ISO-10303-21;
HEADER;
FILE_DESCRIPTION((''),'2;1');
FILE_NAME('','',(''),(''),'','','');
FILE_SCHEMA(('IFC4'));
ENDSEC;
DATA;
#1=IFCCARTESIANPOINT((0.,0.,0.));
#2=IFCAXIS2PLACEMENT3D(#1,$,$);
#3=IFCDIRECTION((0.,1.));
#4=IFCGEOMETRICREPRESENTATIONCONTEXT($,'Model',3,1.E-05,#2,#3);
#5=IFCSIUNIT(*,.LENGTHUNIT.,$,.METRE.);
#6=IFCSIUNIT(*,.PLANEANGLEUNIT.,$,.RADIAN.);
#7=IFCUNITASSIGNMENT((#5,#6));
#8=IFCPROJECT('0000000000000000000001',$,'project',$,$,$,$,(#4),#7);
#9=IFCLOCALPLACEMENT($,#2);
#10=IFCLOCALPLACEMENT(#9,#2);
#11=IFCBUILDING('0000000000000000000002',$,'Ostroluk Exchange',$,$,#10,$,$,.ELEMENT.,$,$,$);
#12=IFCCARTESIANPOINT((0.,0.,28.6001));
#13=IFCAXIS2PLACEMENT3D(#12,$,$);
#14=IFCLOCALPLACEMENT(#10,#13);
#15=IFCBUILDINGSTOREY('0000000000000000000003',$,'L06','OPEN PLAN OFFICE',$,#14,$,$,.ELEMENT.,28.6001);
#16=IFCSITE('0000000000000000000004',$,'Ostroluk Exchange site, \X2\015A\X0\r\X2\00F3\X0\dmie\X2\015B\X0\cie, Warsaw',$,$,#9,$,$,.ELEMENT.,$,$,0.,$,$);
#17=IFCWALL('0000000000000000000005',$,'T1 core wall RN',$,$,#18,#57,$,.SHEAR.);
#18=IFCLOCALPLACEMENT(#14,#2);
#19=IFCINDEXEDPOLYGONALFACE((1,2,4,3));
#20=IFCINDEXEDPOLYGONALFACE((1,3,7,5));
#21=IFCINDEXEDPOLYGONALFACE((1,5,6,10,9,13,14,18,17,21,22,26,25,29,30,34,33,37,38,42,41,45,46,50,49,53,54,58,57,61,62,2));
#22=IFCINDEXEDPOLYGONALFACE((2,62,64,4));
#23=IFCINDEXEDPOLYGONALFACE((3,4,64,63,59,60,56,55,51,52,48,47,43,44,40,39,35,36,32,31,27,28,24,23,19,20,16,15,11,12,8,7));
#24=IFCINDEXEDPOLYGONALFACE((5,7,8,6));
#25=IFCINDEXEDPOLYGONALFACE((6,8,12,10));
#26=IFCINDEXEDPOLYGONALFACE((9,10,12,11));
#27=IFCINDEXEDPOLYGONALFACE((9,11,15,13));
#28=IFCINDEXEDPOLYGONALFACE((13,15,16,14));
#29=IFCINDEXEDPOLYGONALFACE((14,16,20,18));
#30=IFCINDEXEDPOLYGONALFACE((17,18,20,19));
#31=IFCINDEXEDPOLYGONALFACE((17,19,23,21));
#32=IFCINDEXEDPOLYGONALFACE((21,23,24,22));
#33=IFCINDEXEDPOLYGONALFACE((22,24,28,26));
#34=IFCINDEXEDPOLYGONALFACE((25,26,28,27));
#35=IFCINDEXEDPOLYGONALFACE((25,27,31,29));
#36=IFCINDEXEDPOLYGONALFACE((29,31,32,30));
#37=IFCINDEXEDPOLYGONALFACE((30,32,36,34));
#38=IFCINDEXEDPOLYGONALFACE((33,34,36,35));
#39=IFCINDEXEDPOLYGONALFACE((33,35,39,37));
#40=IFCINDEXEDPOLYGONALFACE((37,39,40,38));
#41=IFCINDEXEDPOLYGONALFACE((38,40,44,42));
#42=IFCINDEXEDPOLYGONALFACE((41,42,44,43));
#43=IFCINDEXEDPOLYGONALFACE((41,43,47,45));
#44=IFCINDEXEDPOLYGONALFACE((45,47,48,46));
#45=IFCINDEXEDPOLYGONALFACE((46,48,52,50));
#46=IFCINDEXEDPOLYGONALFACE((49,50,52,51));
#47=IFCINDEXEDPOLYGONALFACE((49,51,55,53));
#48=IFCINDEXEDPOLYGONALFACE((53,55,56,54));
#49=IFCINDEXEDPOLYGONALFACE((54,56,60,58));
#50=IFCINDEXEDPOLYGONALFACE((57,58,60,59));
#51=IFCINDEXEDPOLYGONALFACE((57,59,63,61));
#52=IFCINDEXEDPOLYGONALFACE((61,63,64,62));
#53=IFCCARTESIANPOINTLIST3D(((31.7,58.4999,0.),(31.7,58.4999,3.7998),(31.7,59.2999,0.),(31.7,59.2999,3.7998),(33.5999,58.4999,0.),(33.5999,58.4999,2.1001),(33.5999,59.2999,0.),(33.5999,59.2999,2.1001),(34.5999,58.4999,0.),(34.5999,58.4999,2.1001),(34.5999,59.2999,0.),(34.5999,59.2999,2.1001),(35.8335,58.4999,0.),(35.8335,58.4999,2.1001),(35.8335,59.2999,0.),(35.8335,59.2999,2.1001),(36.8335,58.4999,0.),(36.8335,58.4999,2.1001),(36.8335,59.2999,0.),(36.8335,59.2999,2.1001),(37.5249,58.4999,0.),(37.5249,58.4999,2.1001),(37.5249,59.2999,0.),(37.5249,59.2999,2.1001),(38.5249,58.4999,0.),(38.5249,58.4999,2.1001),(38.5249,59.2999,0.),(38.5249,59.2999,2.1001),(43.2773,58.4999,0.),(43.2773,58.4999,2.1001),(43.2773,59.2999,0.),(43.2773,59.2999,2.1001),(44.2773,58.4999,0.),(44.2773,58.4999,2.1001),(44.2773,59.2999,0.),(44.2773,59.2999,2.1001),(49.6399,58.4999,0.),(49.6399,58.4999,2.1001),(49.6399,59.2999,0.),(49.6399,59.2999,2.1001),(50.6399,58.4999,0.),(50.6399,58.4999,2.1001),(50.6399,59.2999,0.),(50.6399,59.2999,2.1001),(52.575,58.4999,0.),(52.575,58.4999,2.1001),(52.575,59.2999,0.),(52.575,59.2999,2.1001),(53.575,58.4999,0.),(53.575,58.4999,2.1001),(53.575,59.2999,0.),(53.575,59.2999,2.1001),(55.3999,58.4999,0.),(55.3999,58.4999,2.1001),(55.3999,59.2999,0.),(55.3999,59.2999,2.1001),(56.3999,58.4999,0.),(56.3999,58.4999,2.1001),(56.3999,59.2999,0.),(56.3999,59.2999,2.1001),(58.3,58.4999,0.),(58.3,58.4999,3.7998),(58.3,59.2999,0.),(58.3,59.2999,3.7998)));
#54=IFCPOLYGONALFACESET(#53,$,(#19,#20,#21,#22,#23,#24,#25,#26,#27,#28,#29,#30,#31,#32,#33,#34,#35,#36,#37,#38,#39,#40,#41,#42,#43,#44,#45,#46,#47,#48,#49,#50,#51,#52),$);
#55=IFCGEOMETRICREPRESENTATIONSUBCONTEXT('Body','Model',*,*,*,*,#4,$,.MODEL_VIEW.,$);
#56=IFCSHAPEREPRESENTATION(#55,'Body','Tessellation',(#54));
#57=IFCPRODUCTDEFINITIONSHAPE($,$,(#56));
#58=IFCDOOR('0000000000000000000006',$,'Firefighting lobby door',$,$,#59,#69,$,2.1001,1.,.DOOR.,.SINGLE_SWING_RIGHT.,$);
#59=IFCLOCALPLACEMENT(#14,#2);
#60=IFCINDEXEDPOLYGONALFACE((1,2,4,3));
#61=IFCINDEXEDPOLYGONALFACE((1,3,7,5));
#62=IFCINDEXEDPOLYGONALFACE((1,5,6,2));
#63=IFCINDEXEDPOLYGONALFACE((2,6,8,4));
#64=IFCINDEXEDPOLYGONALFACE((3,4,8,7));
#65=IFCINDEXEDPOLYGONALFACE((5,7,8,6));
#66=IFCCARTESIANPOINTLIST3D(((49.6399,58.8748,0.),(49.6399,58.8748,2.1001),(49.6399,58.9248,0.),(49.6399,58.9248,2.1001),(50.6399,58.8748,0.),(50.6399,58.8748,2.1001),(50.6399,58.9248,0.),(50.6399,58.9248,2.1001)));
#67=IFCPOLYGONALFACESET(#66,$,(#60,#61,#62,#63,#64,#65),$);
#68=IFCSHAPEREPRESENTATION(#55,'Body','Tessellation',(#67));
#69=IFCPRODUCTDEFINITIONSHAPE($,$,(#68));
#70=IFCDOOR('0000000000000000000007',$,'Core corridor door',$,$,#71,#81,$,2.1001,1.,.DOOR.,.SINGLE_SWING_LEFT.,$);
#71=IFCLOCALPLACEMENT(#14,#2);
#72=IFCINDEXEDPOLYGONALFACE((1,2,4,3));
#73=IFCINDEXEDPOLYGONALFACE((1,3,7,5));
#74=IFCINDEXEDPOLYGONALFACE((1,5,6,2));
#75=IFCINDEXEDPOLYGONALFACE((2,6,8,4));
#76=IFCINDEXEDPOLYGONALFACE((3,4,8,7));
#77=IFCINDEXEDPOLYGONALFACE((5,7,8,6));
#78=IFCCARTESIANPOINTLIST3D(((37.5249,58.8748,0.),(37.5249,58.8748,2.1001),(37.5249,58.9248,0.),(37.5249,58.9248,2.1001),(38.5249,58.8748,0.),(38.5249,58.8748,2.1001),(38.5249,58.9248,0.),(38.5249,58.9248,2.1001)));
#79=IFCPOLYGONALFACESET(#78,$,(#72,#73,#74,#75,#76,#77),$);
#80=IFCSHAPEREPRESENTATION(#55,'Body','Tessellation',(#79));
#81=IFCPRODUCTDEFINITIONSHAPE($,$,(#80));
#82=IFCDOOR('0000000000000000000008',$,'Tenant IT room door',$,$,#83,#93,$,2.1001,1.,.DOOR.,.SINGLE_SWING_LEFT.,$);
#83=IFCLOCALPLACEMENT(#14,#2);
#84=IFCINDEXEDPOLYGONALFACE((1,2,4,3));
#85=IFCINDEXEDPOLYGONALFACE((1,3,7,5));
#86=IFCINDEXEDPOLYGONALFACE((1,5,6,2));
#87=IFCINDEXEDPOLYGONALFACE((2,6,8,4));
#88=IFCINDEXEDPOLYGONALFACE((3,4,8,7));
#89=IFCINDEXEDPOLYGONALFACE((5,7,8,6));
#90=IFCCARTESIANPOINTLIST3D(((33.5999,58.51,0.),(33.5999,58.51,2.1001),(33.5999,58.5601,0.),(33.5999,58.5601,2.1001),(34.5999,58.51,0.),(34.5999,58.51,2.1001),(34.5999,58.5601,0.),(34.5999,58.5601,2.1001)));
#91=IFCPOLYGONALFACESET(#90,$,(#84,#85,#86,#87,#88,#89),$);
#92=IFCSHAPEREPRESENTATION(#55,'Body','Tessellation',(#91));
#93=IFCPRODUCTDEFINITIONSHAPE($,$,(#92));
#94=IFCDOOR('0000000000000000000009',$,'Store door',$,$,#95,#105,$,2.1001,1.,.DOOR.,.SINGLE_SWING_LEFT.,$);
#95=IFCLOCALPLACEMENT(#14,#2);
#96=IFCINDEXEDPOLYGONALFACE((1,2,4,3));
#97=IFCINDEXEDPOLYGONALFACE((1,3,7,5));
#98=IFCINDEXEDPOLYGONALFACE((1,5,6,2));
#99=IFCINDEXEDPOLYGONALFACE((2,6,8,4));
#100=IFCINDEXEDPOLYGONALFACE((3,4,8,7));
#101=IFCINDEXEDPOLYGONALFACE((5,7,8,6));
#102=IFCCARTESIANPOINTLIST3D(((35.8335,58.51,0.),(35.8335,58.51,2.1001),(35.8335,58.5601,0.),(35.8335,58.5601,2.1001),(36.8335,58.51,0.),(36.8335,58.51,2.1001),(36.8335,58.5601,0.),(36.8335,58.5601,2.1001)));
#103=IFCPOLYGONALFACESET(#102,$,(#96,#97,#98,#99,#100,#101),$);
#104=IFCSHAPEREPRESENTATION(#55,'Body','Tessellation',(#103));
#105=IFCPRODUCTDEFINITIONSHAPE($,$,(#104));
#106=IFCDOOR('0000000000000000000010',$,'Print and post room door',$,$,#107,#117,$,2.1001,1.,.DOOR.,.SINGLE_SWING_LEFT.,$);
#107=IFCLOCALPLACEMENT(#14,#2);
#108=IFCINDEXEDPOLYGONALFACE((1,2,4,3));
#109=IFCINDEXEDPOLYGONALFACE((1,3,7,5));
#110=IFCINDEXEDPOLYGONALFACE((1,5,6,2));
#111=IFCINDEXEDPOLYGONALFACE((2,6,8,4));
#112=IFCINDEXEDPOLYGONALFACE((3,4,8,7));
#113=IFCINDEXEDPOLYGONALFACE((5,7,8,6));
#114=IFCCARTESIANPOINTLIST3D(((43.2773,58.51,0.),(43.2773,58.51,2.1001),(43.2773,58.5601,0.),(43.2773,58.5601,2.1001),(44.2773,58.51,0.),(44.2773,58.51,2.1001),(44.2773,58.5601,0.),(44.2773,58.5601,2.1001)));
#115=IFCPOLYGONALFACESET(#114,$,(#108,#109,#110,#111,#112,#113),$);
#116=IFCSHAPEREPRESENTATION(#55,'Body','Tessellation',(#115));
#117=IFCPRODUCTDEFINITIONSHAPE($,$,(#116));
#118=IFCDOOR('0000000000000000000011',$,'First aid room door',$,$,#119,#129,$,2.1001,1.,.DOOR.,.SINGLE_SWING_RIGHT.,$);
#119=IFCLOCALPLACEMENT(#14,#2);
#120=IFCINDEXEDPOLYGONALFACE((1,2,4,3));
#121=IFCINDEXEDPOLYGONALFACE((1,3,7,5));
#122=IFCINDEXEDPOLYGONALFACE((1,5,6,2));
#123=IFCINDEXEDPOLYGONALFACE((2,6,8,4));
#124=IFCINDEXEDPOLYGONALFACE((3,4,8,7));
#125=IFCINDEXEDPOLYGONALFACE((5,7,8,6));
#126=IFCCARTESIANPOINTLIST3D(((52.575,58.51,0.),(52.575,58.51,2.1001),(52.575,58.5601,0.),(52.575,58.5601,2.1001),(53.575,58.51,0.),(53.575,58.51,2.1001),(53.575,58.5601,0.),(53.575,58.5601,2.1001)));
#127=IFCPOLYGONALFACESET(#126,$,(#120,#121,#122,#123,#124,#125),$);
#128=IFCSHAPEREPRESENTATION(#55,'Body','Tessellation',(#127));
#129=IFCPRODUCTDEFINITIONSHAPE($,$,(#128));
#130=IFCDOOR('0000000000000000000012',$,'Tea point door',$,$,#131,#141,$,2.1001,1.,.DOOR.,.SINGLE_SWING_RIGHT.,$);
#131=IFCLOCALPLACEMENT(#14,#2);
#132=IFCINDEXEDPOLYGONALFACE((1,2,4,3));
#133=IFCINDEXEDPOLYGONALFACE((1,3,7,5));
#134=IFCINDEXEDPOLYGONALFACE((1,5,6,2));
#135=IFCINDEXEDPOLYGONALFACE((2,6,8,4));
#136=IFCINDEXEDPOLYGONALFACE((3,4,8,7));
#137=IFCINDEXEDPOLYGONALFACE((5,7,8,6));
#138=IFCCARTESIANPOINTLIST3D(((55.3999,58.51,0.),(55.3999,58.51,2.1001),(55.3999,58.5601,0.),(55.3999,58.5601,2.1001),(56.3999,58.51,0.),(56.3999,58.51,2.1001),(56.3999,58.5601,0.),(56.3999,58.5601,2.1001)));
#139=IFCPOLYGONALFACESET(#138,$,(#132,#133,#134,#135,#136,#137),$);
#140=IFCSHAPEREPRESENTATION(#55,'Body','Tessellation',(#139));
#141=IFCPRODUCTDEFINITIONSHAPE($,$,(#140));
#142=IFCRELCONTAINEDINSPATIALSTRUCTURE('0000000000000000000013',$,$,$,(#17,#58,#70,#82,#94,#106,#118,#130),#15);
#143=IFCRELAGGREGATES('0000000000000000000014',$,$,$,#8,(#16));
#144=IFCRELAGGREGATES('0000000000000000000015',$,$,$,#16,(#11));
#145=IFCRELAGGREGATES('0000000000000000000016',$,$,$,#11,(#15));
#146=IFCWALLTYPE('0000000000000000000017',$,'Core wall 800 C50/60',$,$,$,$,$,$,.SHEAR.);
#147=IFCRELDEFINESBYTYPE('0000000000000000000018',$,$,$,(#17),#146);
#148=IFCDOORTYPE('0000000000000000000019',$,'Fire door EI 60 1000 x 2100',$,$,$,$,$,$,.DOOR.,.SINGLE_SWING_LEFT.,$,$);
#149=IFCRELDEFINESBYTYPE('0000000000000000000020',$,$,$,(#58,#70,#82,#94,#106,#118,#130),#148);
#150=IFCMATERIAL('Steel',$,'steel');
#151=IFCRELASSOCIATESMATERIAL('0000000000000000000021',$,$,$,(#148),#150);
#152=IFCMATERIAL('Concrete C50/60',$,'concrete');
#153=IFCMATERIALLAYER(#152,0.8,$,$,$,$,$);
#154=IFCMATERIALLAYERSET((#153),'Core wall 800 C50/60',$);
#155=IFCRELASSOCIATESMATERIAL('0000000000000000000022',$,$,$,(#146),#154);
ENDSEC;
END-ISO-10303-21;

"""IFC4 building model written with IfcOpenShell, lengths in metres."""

from ifc_helpers import new_model, si_unit, direction, frame, frame_2d, origin, place, context, subcontext, project, spatial, rectangle, extrude, material, layer, layer_set, type_object, element, fill, save


model = new_model("IFC4")

# Units and contexts
model_context = context("Model", 3, precision=1e-05, world=origin(), true_north=direction((0.0, 1.0)))
body_context = subcontext(model_context, "Body", "Model", "MODEL_VIEW")
ifc_project = project(units=[si_unit("LENGTHUNIT", "METRE"), si_unit("PLANEANGLEUNIT", "RADIAN")], contexts=[model_context])

# Site, building, storey
site_placement = place(None, origin())
site = spatial("IfcSite", under=ifc_project, at=site_placement, Name="Ostroluk Exchange site, Śródmieście, Warsaw", CompositionType="ELEMENT", RefElevation=0.0)
building_placement = place(site_placement, origin())
building = spatial("IfcBuilding", under=site, at=building_placement, Name="Ostroluk Exchange", CompositionType="ELEMENT")
storey_placement = place(building_placement, frame((0.0, 0.0, 28.6001)))
storey = spatial("IfcBuildingStorey", under=building, at=storey_placement, Name="L06", Description="OPEN PLAN OFFICE", CompositionType="ELEMENT", Elevation=28.6001)

# Wall, openings, doors
ifc_material_1 = material(Name="Steel", Category="steel")
door_type = type_object("IfcDoorType", Name="Fire door EI 60 1000 x 2100", OperationType="SINGLE_SWING_LEFT", PredefinedType="DOOR", material=ifc_material_1)
ifc_material_2 = material(Name="Concrete C50/60", Category="concrete")
ifc_layer_1 = layer(ifc_material_2, 0.8)
ifc_layer_set_1 = layer_set([ifc_layer_1], Name="Core wall 800 C50/60")
wall_type_1 = type_object("IfcWallType", Name="Core wall 800 C50/60", PredefinedType="SHEAR", material=ifc_layer_set_1)
wall_1_placement = place(storey_placement, frame((31.7, 58.8999, 0.0), z_axis=(0.0, 0.0, 1.0), x_axis=(1.0, 0.0, 0.0)))
wall_1 = element("IfcWall", 1, at=wall_1_placement, inside=storey, type_object=wall_type_1, Name="T1 core wall RN", PredefinedType="SHEAR", context=body_context, shape_type="SweptSolid", body=[
    extrude(rectangle(XDim=26.6001, YDim=0.8, at=frame_2d((13.3, 0.0))), origin(), (0.0, 0.0, 1.0), 3.7998),
])
opening_1_placement = place(wall_1_placement, frame((17.9399, 0.0, 0.0)))
opening_1 = element("IfcOpeningElement", 2, at=opening_1_placement, cuts=wall_1, PredefinedType="OPENING", context=body_context, shape_type="SweptSolid", body=[
    extrude(rectangle(XDim=1.0, YDim=2.1001, at=frame_2d((0.5, 1.05))), frame((0.0, 0.4099, 0.0), z_axis=(0.0, -1.0, 0.0), x_axis=(1.0, 0.0, 0.0)), (0.0, 0.0, 1.0), 0.8201),
])
opening_2_placement = place(wall_1_placement, frame((5.825, 0.0, 0.0)))
opening_2 = element("IfcOpeningElement", 3, at=opening_2_placement, cuts=wall_1, PredefinedType="OPENING", context=body_context, shape_type="SweptSolid", body=[
    extrude(rectangle(XDim=1.0, YDim=2.1001, at=frame_2d((0.5, 1.05))), frame((0.0, 0.4099, 0.0), z_axis=(0.0, -1.0, 0.0), x_axis=(1.0, 0.0, 0.0)), (0.0, 0.0, 1.0), 0.8201),
])
opening_3_placement = place(wall_1_placement, frame((1.8999, 0.0, 0.0)))
opening_3 = element("IfcOpeningElement", 4, at=opening_3_placement, cuts=wall_1, PredefinedType="OPENING", context=body_context, shape_type="SweptSolid", body=[
    extrude(rectangle(XDim=1.0, YDim=2.1001, at=frame_2d((0.5, 1.05))), frame((0.0, 0.4099, 0.0), z_axis=(0.0, -1.0, 0.0), x_axis=(1.0, 0.0, 0.0)), (0.0, 0.0, 1.0), 0.8201),
])
opening_4_placement = place(wall_1_placement, frame((4.1335, 0.0, 0.0)))
opening_4 = element("IfcOpeningElement", 5, at=opening_4_placement, cuts=wall_1, PredefinedType="OPENING", context=body_context, shape_type="SweptSolid", body=[
    extrude(rectangle(XDim=1.0, YDim=2.1001, at=frame_2d((0.5, 1.05))), frame((0.0, 0.4099, 0.0), z_axis=(0.0, -1.0, 0.0), x_axis=(1.0, 0.0, 0.0)), (0.0, 0.0, 1.0), 0.8201),
])
opening_5_placement = place(wall_1_placement, frame((11.5774, 0.0, 0.0)))
opening_5 = element("IfcOpeningElement", 6, at=opening_5_placement, cuts=wall_1, PredefinedType="OPENING", context=body_context, shape_type="SweptSolid", body=[
    extrude(rectangle(XDim=1.0, YDim=2.1001, at=frame_2d((0.5, 1.05))), frame((0.0, 0.4099, 0.0), z_axis=(0.0, -1.0, 0.0), x_axis=(1.0, 0.0, 0.0)), (0.0, 0.0, 1.0), 0.8201),
])
opening_6_placement = place(wall_1_placement, frame((20.875, 0.0, 0.0)))
opening_6 = element("IfcOpeningElement", 7, at=opening_6_placement, cuts=wall_1, PredefinedType="OPENING", context=body_context, shape_type="SweptSolid", body=[
    extrude(rectangle(XDim=1.0, YDim=2.1001, at=frame_2d((0.5, 1.05))), frame((0.0, 0.4099, 0.0), z_axis=(0.0, -1.0, 0.0), x_axis=(1.0, 0.0, 0.0)), (0.0, 0.0, 1.0), 0.8201),
])
opening_7_placement = place(wall_1_placement, frame((23.7, 0.0, 0.0)))
opening_7 = element("IfcOpeningElement", 8, at=opening_7_placement, cuts=wall_1, PredefinedType="OPENING", context=body_context, shape_type="SweptSolid", body=[
    extrude(rectangle(XDim=1.0, YDim=2.1001, at=frame_2d((0.5, 1.05))), frame((0.0, 0.4099, 0.0), z_axis=(0.0, -1.0, 0.0), x_axis=(1.0, 0.0, 0.0)), (0.0, 0.0, 1.0), 0.8201),
])
door_1_placement = place(opening_1_placement, origin())
door_1 = element("IfcDoor", 9, at=door_1_placement, inside=storey, type_object=door_type, Name="Firefighting lobby door", OperationType="SINGLE_SWING_RIGHT", OverallHeight=2.1001, OverallWidth=1.0, PredefinedType="DOOR", context=body_context, shape_type="SweptSolid", body=[
    extrude(rectangle(XDim=1.0, YDim=2.1001, at=frame_2d((0.5, 1.05))), frame((0.0, 0.0249, 0.0), z_axis=(0.0, -1.0, 0.0), x_axis=(1.0, 0.0, 0.0)), (0.0, 0.0, 1.0), 0.05),
])
fill(opening_1, door_1)
door_2_placement = place(opening_2_placement, origin())
door_2 = element("IfcDoor", 10, at=door_2_placement, inside=storey, type_object=door_type, Name="Core corridor door", OperationType="SINGLE_SWING_LEFT", OverallHeight=2.1001, OverallWidth=1.0, PredefinedType="DOOR", context=body_context, shape_type="SweptSolid", body=[
    extrude(rectangle(XDim=1.0, YDim=2.1001, at=frame_2d((0.5, 1.05))), frame((0.0, 0.0249, 0.0), z_axis=(0.0, -1.0, 0.0), x_axis=(1.0, 0.0, 0.0)), (0.0, 0.0, 1.0), 0.05),
])
fill(opening_2, door_2)
door_3_placement = place(opening_3_placement, origin())
door_3 = element("IfcDoor", 11, at=door_3_placement, inside=storey, type_object=door_type, Name="Tenant IT room door", OperationType="SINGLE_SWING_LEFT", OverallHeight=2.1001, OverallWidth=1.0, PredefinedType="DOOR", context=body_context, shape_type="SweptSolid", body=[
    extrude(rectangle(XDim=1.0, YDim=2.1001, at=frame_2d((0.5, 1.05))), frame((0.0, -0.3398, 0.0), z_axis=(0.0, -1.0, 0.0), x_axis=(1.0, 0.0, 0.0)), (0.0, 0.0, 1.0), 0.05),
])
fill(opening_3, door_3)
door_4_placement = place(opening_4_placement, origin())
door_4 = element("IfcDoor", 12, at=door_4_placement, inside=storey, type_object=door_type, Name="Store door", OperationType="SINGLE_SWING_LEFT", OverallHeight=2.1001, OverallWidth=1.0, PredefinedType="DOOR", context=body_context, shape_type="SweptSolid", body=[
    extrude(rectangle(XDim=1.0, YDim=2.1001, at=frame_2d((0.5, 1.05))), frame((0.0, -0.3398, 0.0), z_axis=(0.0, -1.0, 0.0), x_axis=(1.0, 0.0, 0.0)), (0.0, 0.0, 1.0), 0.05),
])
fill(opening_4, door_4)
door_5_placement = place(opening_5_placement, origin())
door_5 = element("IfcDoor", 13, at=door_5_placement, inside=storey, type_object=door_type, Name="Print and post room door", OperationType="SINGLE_SWING_LEFT", OverallHeight=2.1001, OverallWidth=1.0, PredefinedType="DOOR", context=body_context, shape_type="SweptSolid", body=[
    extrude(rectangle(XDim=1.0, YDim=2.1001, at=frame_2d((0.5, 1.05))), frame((0.0, -0.3398, 0.0), z_axis=(0.0, -1.0, 0.0), x_axis=(1.0, 0.0, 0.0)), (0.0, 0.0, 1.0), 0.05),
])
fill(opening_5, door_5)
door_6_placement = place(opening_6_placement, origin())
door_6 = element("IfcDoor", 14, at=door_6_placement, inside=storey, type_object=door_type, Name="First aid room door", OperationType="SINGLE_SWING_RIGHT", OverallHeight=2.1001, OverallWidth=1.0, PredefinedType="DOOR", context=body_context, shape_type="SweptSolid", body=[
    extrude(rectangle(XDim=1.0, YDim=2.1001, at=frame_2d((0.5, 1.05))), frame((0.0, -0.3398, 0.0), z_axis=(0.0, -1.0, 0.0), x_axis=(1.0, 0.0, 0.0)), (0.0, 0.0, 1.0), 0.05),
])
fill(opening_6, door_6)
door_7_placement = place(opening_7_placement, origin())
door_7 = element("IfcDoor", 15, at=door_7_placement, inside=storey, type_object=door_type, Name="Tea point door", OperationType="SINGLE_SWING_RIGHT", OverallHeight=2.1001, OverallWidth=1.0, PredefinedType="DOOR", context=body_context, shape_type="SweptSolid", body=[
    extrude(rectangle(XDim=1.0, YDim=2.1001, at=frame_2d((0.5, 1.05))), frame((0.0, -0.3398, 0.0), z_axis=(0.0, -1.0, 0.0), x_axis=(1.0, 0.0, 0.0)), (0.0, 0.0, 1.0), 0.05),
])
fill(opening_7, door_7)

save(model, "model.ifc")
